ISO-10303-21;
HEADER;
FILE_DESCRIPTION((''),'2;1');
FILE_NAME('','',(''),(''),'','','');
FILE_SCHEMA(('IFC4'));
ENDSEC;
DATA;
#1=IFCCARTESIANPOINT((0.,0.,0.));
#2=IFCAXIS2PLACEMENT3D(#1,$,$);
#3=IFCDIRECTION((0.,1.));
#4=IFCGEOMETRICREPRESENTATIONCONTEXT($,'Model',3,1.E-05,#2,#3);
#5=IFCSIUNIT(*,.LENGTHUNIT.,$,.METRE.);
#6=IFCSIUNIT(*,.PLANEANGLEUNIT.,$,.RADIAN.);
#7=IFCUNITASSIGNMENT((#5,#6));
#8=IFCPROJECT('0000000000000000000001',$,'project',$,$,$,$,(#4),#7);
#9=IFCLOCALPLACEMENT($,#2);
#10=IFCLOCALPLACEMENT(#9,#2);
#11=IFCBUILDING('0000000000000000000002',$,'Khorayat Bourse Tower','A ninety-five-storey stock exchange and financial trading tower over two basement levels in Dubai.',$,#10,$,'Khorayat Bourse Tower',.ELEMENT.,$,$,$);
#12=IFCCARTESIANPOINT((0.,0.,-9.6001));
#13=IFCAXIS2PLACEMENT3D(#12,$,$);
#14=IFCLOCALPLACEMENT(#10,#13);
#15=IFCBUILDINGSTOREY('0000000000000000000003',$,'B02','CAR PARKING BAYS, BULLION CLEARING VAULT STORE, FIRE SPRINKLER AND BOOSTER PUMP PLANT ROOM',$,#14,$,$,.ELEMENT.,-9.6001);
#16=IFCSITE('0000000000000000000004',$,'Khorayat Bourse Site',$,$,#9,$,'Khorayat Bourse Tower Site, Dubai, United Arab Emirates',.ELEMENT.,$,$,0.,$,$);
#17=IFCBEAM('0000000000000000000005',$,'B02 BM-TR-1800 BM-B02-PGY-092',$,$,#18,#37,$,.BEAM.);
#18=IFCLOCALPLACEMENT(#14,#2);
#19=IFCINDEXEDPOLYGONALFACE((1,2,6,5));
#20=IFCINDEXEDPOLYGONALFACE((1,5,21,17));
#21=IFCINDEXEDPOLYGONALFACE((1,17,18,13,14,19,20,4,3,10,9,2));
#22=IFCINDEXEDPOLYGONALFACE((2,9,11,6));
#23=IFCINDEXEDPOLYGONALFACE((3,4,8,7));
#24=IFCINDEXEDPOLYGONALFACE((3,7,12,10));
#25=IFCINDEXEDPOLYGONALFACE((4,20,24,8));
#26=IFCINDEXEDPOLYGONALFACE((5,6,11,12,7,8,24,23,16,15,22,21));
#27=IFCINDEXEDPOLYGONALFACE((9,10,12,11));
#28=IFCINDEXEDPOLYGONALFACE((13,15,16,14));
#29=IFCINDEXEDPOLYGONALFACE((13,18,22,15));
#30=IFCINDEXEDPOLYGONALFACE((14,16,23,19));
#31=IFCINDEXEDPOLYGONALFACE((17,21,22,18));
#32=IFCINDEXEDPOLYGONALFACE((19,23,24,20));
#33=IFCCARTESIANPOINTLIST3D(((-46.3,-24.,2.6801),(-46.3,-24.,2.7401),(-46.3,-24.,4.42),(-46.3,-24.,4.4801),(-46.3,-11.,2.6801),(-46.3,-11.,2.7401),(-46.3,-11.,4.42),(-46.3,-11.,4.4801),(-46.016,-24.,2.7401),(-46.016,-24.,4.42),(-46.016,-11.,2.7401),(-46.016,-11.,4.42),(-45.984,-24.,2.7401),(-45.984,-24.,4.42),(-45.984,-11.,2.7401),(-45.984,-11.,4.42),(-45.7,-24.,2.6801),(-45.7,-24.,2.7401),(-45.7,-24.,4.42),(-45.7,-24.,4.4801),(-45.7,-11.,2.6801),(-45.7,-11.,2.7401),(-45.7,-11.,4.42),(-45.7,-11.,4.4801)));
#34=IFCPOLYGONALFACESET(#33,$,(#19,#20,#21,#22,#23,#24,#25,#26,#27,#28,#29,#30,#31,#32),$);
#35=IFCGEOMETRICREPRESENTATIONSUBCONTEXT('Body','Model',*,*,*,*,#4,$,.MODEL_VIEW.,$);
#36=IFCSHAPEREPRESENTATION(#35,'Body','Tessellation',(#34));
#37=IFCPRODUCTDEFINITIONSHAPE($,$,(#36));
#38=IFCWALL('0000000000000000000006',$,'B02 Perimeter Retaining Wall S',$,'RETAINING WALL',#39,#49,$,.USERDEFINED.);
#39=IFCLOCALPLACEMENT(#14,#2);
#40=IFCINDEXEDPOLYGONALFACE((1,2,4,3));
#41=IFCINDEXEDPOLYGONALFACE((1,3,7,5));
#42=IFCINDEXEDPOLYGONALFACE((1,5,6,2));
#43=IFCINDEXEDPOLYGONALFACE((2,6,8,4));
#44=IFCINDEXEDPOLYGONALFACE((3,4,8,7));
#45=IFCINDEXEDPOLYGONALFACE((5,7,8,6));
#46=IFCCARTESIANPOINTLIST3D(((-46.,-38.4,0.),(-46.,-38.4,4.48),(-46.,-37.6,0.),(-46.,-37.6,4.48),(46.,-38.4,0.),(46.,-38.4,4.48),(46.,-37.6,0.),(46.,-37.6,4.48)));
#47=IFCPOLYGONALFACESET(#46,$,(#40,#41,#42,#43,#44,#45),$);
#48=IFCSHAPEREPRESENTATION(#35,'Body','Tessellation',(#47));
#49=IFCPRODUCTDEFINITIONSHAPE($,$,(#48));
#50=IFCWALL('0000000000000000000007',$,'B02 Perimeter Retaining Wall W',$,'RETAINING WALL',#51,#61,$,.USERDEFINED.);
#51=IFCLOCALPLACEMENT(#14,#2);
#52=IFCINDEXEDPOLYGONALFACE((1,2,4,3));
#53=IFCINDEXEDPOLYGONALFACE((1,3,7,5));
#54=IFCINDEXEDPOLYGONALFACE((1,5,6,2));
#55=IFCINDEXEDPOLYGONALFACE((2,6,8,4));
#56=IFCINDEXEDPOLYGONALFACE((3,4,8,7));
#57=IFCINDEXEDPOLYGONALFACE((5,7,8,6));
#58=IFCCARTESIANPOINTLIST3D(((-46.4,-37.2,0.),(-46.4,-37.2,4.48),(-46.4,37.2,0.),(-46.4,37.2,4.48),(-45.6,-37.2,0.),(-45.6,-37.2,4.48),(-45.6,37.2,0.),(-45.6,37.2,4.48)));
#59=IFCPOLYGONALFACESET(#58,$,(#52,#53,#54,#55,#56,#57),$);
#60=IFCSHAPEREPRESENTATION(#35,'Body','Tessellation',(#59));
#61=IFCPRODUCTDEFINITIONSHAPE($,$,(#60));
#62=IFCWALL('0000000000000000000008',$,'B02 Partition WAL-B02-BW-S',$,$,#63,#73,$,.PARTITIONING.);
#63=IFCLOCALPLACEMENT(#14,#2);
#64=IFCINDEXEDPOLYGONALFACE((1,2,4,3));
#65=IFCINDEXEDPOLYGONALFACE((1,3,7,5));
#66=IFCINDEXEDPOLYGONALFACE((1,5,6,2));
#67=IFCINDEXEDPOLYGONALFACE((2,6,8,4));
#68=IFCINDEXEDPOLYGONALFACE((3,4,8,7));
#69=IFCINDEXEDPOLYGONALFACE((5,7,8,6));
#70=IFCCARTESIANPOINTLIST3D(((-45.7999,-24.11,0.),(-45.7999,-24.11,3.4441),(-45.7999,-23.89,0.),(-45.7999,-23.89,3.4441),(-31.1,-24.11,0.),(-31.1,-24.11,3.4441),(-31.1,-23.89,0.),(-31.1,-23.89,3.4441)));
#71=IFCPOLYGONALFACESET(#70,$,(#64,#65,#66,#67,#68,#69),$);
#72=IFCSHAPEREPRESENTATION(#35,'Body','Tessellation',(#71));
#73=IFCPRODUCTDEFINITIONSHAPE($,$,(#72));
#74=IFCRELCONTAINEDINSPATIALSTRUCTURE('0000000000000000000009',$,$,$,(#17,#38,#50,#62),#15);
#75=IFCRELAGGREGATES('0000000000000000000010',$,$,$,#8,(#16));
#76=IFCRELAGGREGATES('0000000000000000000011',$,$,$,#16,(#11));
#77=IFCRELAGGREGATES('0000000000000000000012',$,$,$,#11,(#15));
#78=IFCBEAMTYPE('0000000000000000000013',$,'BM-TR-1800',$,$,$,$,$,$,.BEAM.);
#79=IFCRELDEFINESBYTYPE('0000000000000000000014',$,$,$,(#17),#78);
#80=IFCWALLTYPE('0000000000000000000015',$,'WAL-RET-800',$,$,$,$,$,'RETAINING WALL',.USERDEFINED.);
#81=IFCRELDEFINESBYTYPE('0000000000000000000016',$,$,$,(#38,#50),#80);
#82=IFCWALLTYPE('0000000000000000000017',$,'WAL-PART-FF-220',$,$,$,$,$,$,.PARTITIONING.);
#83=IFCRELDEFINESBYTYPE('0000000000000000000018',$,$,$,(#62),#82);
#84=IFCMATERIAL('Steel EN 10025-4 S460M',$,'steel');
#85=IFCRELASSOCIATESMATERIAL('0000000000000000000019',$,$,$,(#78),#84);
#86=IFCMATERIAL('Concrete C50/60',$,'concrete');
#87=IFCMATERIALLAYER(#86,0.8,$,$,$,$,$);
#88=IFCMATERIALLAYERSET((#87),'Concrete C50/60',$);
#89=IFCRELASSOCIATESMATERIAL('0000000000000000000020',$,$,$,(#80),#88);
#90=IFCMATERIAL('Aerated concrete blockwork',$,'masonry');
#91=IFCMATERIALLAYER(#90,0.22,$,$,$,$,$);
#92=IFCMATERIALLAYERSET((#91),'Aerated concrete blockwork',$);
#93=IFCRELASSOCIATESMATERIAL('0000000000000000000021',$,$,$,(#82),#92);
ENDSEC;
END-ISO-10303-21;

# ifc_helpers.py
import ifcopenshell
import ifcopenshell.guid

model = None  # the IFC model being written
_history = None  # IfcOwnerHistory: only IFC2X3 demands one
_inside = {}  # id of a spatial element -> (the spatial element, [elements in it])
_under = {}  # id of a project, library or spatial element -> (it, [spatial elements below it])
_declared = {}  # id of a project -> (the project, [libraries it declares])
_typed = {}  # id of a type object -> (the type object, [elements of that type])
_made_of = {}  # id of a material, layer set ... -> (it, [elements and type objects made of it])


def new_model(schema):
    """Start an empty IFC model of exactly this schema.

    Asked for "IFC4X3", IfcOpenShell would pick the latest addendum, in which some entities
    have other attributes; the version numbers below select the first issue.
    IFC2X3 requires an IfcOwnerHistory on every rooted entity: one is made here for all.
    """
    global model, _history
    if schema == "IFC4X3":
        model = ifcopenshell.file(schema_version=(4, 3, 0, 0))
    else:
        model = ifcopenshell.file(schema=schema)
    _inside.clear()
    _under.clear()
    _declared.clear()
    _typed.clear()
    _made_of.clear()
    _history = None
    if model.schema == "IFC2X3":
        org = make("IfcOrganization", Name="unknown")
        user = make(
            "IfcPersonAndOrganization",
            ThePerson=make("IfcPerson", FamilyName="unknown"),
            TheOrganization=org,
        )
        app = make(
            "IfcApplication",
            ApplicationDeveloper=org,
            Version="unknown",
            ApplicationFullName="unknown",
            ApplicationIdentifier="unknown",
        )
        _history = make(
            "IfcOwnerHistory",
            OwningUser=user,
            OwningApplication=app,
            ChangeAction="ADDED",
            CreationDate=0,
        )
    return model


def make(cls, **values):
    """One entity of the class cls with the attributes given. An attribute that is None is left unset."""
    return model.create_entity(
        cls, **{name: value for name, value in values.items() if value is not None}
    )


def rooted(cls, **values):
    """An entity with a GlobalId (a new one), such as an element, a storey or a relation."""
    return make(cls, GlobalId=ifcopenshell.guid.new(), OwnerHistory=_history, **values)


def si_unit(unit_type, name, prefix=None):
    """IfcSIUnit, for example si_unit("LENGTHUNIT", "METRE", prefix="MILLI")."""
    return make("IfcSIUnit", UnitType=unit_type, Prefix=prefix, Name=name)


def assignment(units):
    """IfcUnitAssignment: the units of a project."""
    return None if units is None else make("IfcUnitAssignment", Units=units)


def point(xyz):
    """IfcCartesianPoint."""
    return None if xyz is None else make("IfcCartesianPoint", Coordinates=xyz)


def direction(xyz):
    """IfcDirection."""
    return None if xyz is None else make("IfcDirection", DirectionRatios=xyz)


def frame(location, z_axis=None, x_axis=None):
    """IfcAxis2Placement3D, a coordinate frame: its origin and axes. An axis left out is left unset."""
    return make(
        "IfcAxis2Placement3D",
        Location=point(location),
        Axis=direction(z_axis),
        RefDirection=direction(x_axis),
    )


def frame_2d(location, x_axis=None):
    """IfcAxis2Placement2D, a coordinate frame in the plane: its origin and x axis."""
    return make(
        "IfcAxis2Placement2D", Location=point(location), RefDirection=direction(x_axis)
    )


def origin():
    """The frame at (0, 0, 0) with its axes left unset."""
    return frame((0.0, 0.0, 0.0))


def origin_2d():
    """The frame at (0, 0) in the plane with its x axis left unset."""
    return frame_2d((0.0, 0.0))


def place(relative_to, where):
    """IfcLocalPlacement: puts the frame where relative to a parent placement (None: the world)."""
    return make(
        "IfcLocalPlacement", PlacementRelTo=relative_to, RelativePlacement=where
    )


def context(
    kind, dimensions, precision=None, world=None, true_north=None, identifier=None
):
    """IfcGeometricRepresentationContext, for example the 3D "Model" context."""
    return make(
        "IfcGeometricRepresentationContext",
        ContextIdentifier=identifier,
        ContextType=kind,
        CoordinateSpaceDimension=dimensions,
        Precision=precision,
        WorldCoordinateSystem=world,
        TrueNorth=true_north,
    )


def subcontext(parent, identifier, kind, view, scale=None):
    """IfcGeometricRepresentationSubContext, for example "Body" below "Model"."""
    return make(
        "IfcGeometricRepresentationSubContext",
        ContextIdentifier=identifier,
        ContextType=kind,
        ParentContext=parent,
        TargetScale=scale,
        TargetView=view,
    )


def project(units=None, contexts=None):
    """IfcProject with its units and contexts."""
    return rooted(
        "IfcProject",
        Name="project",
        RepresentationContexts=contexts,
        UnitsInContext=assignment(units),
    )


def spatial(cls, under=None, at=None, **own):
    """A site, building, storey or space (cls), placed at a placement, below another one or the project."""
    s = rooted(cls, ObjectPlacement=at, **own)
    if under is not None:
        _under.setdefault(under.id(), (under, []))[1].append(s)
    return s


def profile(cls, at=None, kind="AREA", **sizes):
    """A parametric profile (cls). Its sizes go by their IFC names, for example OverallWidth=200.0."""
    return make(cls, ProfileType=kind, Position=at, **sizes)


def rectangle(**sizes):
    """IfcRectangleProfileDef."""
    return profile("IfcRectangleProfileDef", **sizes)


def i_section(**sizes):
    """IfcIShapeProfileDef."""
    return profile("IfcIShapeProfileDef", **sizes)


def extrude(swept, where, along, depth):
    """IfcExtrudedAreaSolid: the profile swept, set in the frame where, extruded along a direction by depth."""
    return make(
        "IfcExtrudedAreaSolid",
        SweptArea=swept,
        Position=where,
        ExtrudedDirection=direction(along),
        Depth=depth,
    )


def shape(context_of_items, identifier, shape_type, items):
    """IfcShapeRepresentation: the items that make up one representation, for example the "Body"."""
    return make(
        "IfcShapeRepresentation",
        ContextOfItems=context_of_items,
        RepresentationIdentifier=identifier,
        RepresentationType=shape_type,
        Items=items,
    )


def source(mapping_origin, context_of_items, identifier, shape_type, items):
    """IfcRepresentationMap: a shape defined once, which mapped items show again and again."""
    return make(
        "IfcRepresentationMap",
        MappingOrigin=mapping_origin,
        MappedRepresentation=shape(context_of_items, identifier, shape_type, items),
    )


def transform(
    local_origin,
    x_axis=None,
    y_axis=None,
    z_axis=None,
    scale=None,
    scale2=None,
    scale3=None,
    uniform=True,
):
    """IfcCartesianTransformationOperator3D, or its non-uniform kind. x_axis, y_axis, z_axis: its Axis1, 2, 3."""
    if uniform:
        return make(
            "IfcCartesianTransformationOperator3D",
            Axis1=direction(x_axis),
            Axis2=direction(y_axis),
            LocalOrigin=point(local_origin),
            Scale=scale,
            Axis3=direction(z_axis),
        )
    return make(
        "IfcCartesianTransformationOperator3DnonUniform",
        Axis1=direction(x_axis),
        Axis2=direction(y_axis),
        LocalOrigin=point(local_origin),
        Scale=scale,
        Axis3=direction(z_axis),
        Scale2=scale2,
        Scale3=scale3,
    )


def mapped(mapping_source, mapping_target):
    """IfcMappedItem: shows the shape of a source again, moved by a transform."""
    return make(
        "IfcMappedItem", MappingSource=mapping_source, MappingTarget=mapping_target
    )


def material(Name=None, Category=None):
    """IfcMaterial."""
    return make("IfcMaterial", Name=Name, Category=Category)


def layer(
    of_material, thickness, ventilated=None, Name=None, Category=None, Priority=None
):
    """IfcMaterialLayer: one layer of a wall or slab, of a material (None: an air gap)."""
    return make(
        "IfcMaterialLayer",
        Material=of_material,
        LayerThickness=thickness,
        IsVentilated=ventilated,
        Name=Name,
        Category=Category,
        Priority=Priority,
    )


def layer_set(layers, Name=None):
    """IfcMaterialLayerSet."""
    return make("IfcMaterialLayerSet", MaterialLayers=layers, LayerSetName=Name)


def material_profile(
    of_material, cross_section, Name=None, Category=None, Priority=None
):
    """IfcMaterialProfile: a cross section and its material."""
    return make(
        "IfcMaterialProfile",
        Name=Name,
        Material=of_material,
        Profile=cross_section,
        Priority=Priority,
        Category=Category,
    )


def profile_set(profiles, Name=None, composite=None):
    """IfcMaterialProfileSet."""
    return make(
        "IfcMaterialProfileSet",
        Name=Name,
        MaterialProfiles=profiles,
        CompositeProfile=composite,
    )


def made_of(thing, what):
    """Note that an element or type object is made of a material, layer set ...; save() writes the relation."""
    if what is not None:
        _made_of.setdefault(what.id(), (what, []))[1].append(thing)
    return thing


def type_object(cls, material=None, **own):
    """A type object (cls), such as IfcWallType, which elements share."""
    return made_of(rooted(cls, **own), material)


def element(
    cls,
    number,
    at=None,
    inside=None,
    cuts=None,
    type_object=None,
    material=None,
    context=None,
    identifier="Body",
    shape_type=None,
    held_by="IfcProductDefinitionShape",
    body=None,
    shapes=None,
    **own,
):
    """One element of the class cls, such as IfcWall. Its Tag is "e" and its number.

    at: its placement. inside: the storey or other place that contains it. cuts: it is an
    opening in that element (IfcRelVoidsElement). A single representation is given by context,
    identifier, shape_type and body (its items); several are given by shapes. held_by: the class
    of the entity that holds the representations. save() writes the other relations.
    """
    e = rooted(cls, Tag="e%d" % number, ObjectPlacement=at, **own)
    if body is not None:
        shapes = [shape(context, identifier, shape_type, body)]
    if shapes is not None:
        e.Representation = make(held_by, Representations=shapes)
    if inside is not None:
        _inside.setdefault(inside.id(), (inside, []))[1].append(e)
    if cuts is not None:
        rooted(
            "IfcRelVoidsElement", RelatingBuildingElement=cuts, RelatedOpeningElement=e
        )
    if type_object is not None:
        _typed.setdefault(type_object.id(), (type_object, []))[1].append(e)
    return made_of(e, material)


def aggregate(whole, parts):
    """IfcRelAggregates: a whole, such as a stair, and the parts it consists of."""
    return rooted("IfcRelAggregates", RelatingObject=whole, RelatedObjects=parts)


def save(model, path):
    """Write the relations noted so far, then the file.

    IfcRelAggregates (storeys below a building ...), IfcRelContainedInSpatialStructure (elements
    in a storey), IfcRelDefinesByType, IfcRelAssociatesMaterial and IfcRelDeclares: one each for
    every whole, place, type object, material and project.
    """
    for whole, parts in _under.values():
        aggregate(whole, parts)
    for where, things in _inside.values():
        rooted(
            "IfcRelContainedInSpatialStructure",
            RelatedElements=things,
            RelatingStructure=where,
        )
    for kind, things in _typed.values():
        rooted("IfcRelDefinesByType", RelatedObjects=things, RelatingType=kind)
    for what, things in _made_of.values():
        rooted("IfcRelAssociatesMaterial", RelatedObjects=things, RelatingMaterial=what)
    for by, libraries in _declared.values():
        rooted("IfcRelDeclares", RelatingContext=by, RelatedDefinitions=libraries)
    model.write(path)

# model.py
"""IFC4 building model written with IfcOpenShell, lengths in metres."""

from ifc_helpers import new_model, si_unit, direction, frame, frame_2d, origin, origin_2d, place, context, subcontext, project, spatial, rectangle, i_section, extrude, source, transform, mapped, material, layer, layer_set, material_profile, profile_set, type_object, element, save


model = new_model("IFC4")

# Units and contexts
model_context = context("Model", 3, precision=1e-05, world=origin(), true_north=direction((0.0, 1.0)))
body_context = subcontext(model_context, "Body", "Model", "MODEL_VIEW")
ifc_project = project(units=[si_unit("LENGTHUNIT", "METRE"), si_unit("PLANEANGLEUNIT", "RADIAN")], contexts=[model_context])

# Site, building, storey
site_placement = place(None, origin())
site = spatial("IfcSite", under=ifc_project, at=site_placement, Name="Khorayat Bourse Site", LongName="Khorayat Bourse Tower Site, Dubai, United Arab Emirates", CompositionType="ELEMENT", RefElevation=0.0)
building_placement = place(site_placement, origin())
building = spatial("IfcBuilding", under=site, at=building_placement, Name="Khorayat Bourse Tower", Description="A ninety-five-storey stock exchange and financial trading tower over two basement levels in Dubai.", LongName="Khorayat Bourse Tower", CompositionType="ELEMENT")
storey_placement = place(building_placement, frame((0.0, 0.0, -9.6001)))
storey = spatial("IfcBuildingStorey", under=building, at=storey_placement, Name="B02", Description="CAR PARKING BAYS, BULLION CLEARING VAULT STORE, FIRE SPRINKLER AND BOOSTER PUMP PLANT ROOM", CompositionType="ELEMENT", Elevation=-9.6001)

# Shared definitions
ifc_material_1 = material(Name="Concrete C50/60", Category="concrete")

# Beam
ifc_material_2 = material(Name="Steel EN 10025-4 S460M", Category="steel")
ifc_material_profile_1 = material_profile(ifc_material_2, i_section(OverallWidth=0.6001, OverallDepth=1.8, WebThickness=0.032, FlangeThickness=0.0601, at=origin_2d()), Name="PG 1800x600x32x60")
ifc_profile_set_1 = profile_set([ifc_material_profile_1], Name="Steel EN 10025-4 S460M")
beam_type_1 = type_object("IfcBeamType", Name="BM-TR-1800", PredefinedType="BEAM", material=ifc_profile_set_1)
shared_shape_1 = source(origin(), body_context, "Body", "SweptSolid", [
    extrude(i_section(OverallWidth=0.6001, OverallDepth=1.8, WebThickness=0.032, FlangeThickness=0.0601, at=origin_2d()), origin(), (0.0, 0.0, 1.0), 13.0),
])
beam_1_placement = place(storey_placement, frame((-46.0, -24.0, 3.5801), z_axis=(0.0, 1.0, 0.0), x_axis=(-1.0, 0.0, 0.0)))
element("IfcBeam", 1, at=beam_1_placement, inside=storey, type_object=beam_type_1, Name="B02 BM-TR-1800 BM-B02-PGY-092", PredefinedType="BEAM", context=body_context, shape_type="MappedRepresentation", body=[
    mapped(shared_shape_1, transform((0.0, 0.0, 0.0), scale=1.0)),
])

# Walls
ifc_layer_1 = layer(ifc_material_1, 0.8)
ifc_layer_set_1 = layer_set([ifc_layer_1], Name="Concrete C50/60")
wall_type_1 = type_object("IfcWallType", Name="WAL-RET-800", ElementType="RETAINING WALL", PredefinedType="USERDEFINED", material=ifc_layer_set_1)
shared_shape_2 = source(origin(), body_context, "Body", "SweptSolid", [
    extrude(rectangle(XDim=92.0, YDim=0.8, at=frame_2d((46.0, 0.0))), origin(), (0.0, 0.0, 1.0), 4.48),
])
wall_1_placement = place(storey_placement, frame((-46.0, -38.0, 0.0), z_axis=(0.0, 0.0, 1.0), x_axis=(1.0, 0.0, 0.0)))
element("IfcWall", 2, at=wall_1_placement, inside=storey, type_object=wall_type_1, Name="B02 Perimeter Retaining Wall S", ObjectType="RETAINING WALL", PredefinedType="USERDEFINED", context=body_context, shape_type="MappedRepresentation", body=[
    mapped(shared_shape_2, transform((0.0, 0.0, 0.0), scale=1.0)),
])
shared_shape_3 = source(origin(), body_context, "Body", "SweptSolid", [
    extrude(rectangle(XDim=74.3999, YDim=0.8, at=frame_2d((37.2, 0.0))), origin(), (0.0, 0.0, 1.0), 4.48),
])
wall_2_placement = place(storey_placement, frame((-46.0, -37.2, 0.0), z_axis=(0.0, 0.0, 1.0), x_axis=(0.0, 1.0, 0.0)))
element("IfcWall", 3, at=wall_2_placement, inside=storey, type_object=wall_type_1, Name="B02 Perimeter Retaining Wall W", ObjectType="RETAINING WALL", PredefinedType="USERDEFINED", context=body_context, shape_type="MappedRepresentation", body=[
    mapped(shared_shape_3, transform((0.0, 0.0, 0.0), scale=1.0)),
])
ifc_material_3 = material(Name="Aerated concrete blockwork", Category="masonry")
ifc_layer_2 = layer(ifc_material_3, 0.22)
ifc_layer_set_2 = layer_set([ifc_layer_2], Name="Aerated concrete blockwork")
wall_type_2 = type_object("IfcWallType", Name="WAL-PART-FF-220", PredefinedType="PARTITIONING", material=ifc_layer_set_2)
shared_shape_4 = source(origin(), body_context, "Body", "SweptSolid", [
    extrude(rectangle(XDim=14.7, YDim=0.22, at=frame_2d((7.3501, 0.0))), origin(), (0.0, 0.0, 1.0), 3.4441),
])
wall_3_placement = place(storey_placement, frame((-45.8, -24.0, 0.0), z_axis=(0.0, 0.0, 1.0), x_axis=(1.0, 0.0, 0.0)))
element("IfcWall", 4, at=wall_3_placement, inside=storey, type_object=wall_type_2, Name="B02 Partition WAL-B02-BW-S", PredefinedType="PARTITIONING", context=body_context, shape_type="MappedRepresentation", body=[
    mapped(shared_shape_4, transform((0.0, 0.0, 0.0), scale=1.0)),
])

save(model, "model.ifc")
